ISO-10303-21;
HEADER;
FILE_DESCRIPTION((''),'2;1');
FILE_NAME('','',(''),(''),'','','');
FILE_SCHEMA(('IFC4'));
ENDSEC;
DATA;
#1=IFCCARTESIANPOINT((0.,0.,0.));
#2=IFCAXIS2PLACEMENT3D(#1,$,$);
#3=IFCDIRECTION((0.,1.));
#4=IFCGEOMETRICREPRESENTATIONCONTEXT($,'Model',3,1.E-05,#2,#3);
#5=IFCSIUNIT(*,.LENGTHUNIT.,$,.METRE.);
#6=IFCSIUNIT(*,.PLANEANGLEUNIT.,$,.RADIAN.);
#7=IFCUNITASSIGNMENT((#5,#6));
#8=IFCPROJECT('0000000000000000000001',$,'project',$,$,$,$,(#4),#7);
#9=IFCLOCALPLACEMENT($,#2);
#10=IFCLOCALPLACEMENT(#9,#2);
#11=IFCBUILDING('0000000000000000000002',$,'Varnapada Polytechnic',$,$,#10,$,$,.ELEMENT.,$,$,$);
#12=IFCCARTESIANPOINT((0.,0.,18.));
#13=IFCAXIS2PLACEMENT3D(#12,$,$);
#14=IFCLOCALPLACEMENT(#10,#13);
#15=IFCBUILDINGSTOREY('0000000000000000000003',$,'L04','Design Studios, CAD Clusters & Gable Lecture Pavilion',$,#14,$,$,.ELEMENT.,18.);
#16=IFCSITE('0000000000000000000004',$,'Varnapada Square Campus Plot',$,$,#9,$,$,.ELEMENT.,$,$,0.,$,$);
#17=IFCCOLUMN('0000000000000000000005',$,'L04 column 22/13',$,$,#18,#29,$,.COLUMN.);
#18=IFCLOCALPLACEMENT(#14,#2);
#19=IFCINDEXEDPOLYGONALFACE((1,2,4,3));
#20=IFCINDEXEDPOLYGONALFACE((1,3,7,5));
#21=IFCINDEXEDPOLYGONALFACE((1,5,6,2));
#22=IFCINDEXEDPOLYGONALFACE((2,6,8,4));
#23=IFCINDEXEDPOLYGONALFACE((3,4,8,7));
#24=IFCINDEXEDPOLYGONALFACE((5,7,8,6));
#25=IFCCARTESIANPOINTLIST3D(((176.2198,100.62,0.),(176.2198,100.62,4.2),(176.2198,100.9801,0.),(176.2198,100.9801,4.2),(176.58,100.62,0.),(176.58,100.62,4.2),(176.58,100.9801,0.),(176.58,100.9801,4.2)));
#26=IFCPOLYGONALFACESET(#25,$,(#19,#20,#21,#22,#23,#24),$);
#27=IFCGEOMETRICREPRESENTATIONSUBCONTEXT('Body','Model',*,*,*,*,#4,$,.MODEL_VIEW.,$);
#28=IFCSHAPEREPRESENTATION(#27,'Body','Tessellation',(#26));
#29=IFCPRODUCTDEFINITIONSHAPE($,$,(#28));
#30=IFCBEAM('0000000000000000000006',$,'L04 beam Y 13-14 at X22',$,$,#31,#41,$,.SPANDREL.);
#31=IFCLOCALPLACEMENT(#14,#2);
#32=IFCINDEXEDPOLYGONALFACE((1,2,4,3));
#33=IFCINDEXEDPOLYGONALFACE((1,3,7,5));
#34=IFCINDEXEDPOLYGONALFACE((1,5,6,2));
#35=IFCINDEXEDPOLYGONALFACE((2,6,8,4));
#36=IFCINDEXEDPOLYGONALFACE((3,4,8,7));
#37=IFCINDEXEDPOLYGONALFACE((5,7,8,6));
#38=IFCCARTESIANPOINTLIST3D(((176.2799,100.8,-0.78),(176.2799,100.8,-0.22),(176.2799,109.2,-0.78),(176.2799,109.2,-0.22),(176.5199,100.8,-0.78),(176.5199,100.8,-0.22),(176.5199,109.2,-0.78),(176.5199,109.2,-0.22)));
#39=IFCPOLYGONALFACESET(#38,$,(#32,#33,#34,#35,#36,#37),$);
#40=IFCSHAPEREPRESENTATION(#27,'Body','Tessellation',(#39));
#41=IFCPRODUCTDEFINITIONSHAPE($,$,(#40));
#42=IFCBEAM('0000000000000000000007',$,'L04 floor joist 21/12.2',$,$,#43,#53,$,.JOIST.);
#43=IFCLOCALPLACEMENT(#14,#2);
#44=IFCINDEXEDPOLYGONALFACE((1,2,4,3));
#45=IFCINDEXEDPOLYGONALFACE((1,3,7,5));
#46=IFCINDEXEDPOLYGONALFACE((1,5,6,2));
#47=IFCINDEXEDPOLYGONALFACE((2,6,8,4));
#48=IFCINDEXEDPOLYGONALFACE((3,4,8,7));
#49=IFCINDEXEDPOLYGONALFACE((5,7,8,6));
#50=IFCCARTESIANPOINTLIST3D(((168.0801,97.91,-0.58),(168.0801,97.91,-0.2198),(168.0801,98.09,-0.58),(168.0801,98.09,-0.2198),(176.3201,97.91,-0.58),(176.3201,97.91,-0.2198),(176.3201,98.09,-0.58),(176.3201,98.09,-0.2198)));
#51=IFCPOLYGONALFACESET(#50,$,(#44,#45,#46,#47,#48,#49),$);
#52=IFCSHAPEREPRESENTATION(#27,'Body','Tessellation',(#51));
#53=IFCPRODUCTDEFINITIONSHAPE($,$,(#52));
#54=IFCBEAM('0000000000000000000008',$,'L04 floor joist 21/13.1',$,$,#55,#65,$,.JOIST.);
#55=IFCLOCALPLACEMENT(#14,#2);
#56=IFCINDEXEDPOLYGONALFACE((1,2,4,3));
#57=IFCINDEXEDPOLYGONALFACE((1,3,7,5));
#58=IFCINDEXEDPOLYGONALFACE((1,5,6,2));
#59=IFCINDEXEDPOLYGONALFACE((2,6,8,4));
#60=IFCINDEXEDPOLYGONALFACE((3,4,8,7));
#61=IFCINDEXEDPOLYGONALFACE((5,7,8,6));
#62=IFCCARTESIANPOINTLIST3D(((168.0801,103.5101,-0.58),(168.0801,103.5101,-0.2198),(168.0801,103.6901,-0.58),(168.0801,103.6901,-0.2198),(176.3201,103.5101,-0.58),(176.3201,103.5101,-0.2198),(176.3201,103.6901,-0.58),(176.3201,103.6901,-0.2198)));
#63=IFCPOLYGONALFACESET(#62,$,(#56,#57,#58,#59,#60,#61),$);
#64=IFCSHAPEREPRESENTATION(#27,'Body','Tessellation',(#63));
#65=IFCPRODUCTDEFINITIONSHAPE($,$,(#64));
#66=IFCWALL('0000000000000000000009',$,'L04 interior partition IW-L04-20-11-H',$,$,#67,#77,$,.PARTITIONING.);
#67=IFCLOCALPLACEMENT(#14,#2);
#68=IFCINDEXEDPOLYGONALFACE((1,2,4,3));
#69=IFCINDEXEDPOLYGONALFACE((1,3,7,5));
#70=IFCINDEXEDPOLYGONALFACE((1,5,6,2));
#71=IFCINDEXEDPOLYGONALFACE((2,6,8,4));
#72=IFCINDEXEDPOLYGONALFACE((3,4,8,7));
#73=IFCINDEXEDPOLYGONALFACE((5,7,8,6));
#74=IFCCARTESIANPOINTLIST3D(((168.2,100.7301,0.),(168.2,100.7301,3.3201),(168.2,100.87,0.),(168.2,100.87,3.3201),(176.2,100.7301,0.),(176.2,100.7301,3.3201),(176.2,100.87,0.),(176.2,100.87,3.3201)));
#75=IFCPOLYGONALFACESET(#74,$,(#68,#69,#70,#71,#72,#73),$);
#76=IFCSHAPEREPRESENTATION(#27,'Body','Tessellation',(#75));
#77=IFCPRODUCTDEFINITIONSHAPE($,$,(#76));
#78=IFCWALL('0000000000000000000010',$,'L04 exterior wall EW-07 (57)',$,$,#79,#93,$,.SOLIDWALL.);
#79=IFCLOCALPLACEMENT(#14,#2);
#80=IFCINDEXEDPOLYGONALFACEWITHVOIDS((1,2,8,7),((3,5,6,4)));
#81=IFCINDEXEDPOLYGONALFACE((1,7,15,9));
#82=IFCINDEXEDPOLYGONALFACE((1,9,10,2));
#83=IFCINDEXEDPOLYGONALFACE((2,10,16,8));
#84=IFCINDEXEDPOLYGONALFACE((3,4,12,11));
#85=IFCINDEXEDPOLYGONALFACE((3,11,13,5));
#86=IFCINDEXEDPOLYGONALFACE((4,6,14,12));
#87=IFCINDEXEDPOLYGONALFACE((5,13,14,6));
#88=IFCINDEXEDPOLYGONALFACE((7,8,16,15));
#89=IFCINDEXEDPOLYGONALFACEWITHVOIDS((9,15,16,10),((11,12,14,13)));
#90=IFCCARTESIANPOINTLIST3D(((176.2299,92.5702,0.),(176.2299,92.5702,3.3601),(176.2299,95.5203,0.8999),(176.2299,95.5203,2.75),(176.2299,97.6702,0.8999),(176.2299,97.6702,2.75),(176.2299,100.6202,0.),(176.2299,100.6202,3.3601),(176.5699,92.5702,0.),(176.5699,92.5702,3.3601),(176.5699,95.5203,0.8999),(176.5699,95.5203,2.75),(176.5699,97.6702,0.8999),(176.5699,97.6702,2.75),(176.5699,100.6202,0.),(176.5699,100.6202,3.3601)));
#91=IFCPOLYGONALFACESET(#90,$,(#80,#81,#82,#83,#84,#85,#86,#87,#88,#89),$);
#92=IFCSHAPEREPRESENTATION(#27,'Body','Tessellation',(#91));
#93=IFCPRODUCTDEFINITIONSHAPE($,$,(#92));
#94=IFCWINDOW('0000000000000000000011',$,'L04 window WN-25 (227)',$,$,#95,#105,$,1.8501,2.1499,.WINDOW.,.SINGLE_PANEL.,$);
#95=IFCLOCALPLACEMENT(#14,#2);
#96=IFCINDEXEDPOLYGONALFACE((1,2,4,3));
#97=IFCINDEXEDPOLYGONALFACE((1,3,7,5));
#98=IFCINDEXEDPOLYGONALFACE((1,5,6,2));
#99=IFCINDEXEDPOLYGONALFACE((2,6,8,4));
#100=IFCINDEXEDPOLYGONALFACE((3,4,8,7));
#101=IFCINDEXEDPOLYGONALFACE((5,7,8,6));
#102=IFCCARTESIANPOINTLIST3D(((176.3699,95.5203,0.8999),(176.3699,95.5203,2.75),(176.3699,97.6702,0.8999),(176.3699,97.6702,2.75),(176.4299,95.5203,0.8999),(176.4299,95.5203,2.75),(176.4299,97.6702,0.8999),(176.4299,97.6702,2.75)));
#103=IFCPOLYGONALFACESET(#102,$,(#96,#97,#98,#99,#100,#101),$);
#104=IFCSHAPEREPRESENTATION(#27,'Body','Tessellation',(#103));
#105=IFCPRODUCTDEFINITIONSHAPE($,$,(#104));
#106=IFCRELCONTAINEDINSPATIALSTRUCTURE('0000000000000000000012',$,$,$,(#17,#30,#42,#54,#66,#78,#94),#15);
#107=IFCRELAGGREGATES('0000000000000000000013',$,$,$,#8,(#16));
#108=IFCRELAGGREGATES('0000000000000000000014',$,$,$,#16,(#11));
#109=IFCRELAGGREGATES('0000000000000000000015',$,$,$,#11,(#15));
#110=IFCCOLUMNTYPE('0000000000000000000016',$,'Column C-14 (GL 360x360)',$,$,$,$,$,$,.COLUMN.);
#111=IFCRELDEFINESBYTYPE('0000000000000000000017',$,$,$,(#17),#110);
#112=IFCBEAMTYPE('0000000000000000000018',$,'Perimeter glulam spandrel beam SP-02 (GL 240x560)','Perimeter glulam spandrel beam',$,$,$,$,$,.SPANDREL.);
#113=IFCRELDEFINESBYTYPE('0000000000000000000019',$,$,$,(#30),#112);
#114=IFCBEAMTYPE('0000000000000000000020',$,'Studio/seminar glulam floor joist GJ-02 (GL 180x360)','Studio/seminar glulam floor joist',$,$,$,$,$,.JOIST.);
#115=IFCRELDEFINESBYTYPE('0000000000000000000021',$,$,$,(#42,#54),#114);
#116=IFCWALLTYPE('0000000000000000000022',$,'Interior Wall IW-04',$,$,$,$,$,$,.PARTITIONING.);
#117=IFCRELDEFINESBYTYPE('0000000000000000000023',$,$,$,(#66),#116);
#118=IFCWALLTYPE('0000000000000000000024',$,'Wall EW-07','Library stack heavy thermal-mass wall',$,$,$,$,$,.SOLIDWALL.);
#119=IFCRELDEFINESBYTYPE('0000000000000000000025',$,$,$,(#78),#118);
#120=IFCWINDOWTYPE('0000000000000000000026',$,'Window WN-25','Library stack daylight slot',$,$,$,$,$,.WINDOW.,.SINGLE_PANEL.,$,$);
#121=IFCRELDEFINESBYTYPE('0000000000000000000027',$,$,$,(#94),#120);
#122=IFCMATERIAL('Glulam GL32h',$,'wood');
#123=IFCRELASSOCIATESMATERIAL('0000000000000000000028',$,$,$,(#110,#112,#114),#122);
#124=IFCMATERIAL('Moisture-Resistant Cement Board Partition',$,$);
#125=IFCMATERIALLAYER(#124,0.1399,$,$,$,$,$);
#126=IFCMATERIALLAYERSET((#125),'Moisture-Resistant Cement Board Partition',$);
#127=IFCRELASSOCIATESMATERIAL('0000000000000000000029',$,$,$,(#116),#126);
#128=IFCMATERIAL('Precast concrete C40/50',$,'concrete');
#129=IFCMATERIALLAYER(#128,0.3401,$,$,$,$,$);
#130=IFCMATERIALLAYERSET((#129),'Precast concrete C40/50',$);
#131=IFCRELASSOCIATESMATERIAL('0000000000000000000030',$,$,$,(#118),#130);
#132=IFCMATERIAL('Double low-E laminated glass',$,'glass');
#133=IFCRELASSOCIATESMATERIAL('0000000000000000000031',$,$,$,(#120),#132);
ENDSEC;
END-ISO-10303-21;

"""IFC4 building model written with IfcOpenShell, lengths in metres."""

from ifc_helpers import new_model, si_unit, direction, frame, frame_2d, origin, origin_2d, place, context, subcontext, project, spatial, rectangle, extrude, material, layer, layer_set, material_profile, profile_set, type_object, element, fill, save


model = new_model("IFC4")

# Units and contexts
model_context = context("Model", 3, precision=1e-05, world=origin(), true_north=direction((0.0, 1.0)))
body_context = subcontext(model_context, "Body", "Model", "MODEL_VIEW")
ifc_project = project(units=[si_unit("LENGTHUNIT", "METRE"), si_unit("PLANEANGLEUNIT", "RADIAN")], contexts=[model_context])

# Site, building, storey
site_placement = place(None, origin())
site = spatial("IfcSite", under=ifc_project, at=site_placement, Name="Varnapada Square Campus Plot", CompositionType="ELEMENT", RefElevation=0.0)
building_placement = place(site_placement, origin())
building = spatial("IfcBuilding", under=site, at=building_placement, Name="Varnapada Polytechnic", CompositionType="ELEMENT")
storey_placement = place(building_placement, frame((0.0, 0.0, 18.0)))
storey = spatial("IfcBuildingStorey", under=building, at=storey_placement, Name="L04", Description="Design Studios, CAD Clusters & Gable Lecture Pavilion", CompositionType="ELEMENT", Elevation=18.0)

# Column
ifc_material_1 = material(Name="Glulam GL32h", Category="wood")
ifc_material_profile_1 = material_profile(ifc_material_1, rectangle(XDim=0.3601, YDim=0.3601, at=origin_2d()), Name="GL 360x360")
ifc_profile_set_1 = profile_set([ifc_material_profile_1], Name="Glulam GL32h")
column_type = type_object("IfcColumnType", Name="Column C-14 (GL 360x360)", PredefinedType="COLUMN", material=ifc_profile_set_1)
column_placement = place(storey_placement, frame((176.3999, 100.8, 0.0), z_axis=(0.0, 0.0, 1.0), x_axis=(1.0, 0.0, 0.0)))
element("IfcColumn", 1, at=column_placement, inside=storey, type_object=column_type, Name="L04 column 22/13", PredefinedType="COLUMN", context=body_context, shape_type="SweptSolid", body=[
    extrude(rectangle(XDim=0.3601, YDim=0.3601, at=origin_2d()), origin(), (0.0, 0.0, 1.0), 4.2),
])

# Beams
ifc_material_profile_2 = material_profile(ifc_material_1, rectangle(XDim=0.24, YDim=0.5601, at=origin_2d()), Name="GL 240x560")
ifc_profile_set_2 = profile_set([ifc_material_profile_2], Name="Glulam GL32h")
beam_type_1 = type_object("IfcBeamType", Name="Perimeter glulam spandrel beam SP-02 (GL 240x560)", Description="Perimeter glulam spandrel beam", PredefinedType="SPANDREL", material=ifc_profile_set_2)
beam_placement = place(storey_placement, frame((176.3999, 100.8, -0.5), z_axis=(0.0, 1.0, 0.0), x_axis=(-1.0, 0.0, 0.0)))
element("IfcBeam", 2, at=beam_placement, inside=storey, type_object=beam_type_1, Name="L04 beam Y 13-14 at X22", PredefinedType="SPANDREL", context=body_context, shape_type="SweptSolid", body=[
    extrude(rectangle(XDim=0.24, YDim=0.5601, at=origin_2d()), origin(), (0.0, 0.0, 1.0), 8.3999),
])
ifc_material_profile_3 = material_profile(ifc_material_1, rectangle(XDim=0.1799, YDim=0.3601, at=origin_2d()), Name="GL 180x360")
ifc_profile_set_3 = profile_set([ifc_material_profile_3], Name="Glulam GL32h")
beam_type_2 = type_object("IfcBeamType", Name="Studio/seminar glulam floor joist GJ-02 (GL 180x360)", Description="Studio/seminar glulam floor joist", PredefinedType="JOIST", material=ifc_profile_set_3)
for number, where, z_axis, x_axis, name in (
    (3, (168.0801, 98.0, -0.3999), (1.0, 0.0, 0.0), (0.0, 1.0, 0.0), "L04 floor joist 21/12.2"),
    (4, (168.0801, 103.6001, -0.3999), (1.0, 0.0, 0.0), (0.0, 1.0, 0.0), "L04 floor joist 21/13.1"),
):
    element("IfcBeam", number, at=place(storey_placement, frame(where, z_axis=z_axis, x_axis=x_axis)), inside=storey, type_object=beam_type_2, Name=name, PredefinedType="JOIST", context=body_context, shape_type="SweptSolid", body=[
        extrude(rectangle(XDim=0.1799, YDim=0.3601, at=origin_2d()), origin(), (0.0, 0.0, 1.0), 8.24),
    ])

# Wall
ifc_material_2 = material(Name="Moisture-Resistant Cement Board Partition")
ifc_layer_1 = layer(ifc_material_2, 0.1399)
ifc_layer_set_1 = layer_set([ifc_layer_1], Name="Moisture-Resistant Cement Board Partition")
wall_type_1 = type_object("IfcWallType", Name="Interior Wall IW-04", PredefinedType="PARTITIONING", material=ifc_layer_set_1)
wall_1_placement = place(storey_placement, frame((168.2, 100.8, 0.0), z_axis=(0.0, 0.0, 1.0), x_axis=(1.0, 0.0, 0.0)))
element("IfcWall", 5, at=wall_1_placement, inside=storey, type_object=wall_type_1, Name="L04 interior partition IW-L04-20-11-H", PredefinedType="PARTITIONING", context=body_context, shape_type="SweptSolid", body=[
    extrude(rectangle(XDim=8.0, YDim=0.1399, at=frame_2d((4.0, 0.0))), origin(), (0.0, 0.0, 1.0), 3.3201),
])

# Wall, opening, window
ifc_material_3 = material(Name="Precast concrete C40/50", Category="concrete")
ifc_layer_2 = layer(ifc_material_3, 0.3401)
ifc_layer_set_2 = layer_set([ifc_layer_2], Name="Precast concrete C40/50")
wall_type_2 = type_object("IfcWallType", Name="Wall EW-07", Description="Library stack heavy thermal-mass wall", PredefinedType="SOLIDWALL", material=ifc_layer_set_2)
wall_2_placement = place(storey_placement, frame((176.3999, 100.6201, 0.0), z_axis=(0.0, 0.0, 1.0), x_axis=(0.0, -1.0, 0.0)))
wall_2 = element("IfcWall", 6, at=wall_2_placement, inside=storey, type_object=wall_type_2, Name="L04 exterior wall EW-07 (57)", PredefinedType="SOLIDWALL", context=body_context, shape_type="SweptSolid", body=[
    extrude(rectangle(XDim=8.05, YDim=0.3401, at=frame_2d((4.0249, 0.0))), origin(), (0.0, 0.0, 1.0), 3.3601),
])
opening_1_placement = place(wall_2_placement, frame((2.95, 0.0, 0.8999)))
opening_1 = element("IfcOpeningElement", 7, at=opening_1_placement, cuts=wall_2, PredefinedType="OPENING", context=body_context, shape_type="SweptSolid", body=[
    extrude(rectangle(XDim=2.1499, YDim=1.8501, at=frame_2d((1.075, 0.925))), frame((0.0, 0.1799, 0.0), z_axis=(0.0, -1.0, 0.0), x_axis=(1.0, 0.0, 0.0)), (0.0, 0.0, 1.0), 0.3601),
])
ifc_material_4 = material(Name="Double low-E laminated glass", Category="glass")
window_type = type_object("IfcWindowType", Name="Window WN-25", Description="Library stack daylight slot", PartitioningType="SINGLE_PANEL", PredefinedType="WINDOW", material=ifc_material_4)
window_placement = place(opening_1_placement, origin())
window = element("IfcWindow", 8, at=window_placement, inside=storey, type_object=window_type, Name="L04 window WN-25 (227)", OverallHeight=1.8501, OverallWidth=2.1499, PartitioningType="SINGLE_PANEL", PredefinedType="WINDOW", context=body_context, shape_type="SweptSolid", body=[
    extrude(rectangle(XDim=2.1499, YDim=1.8501, at=frame_2d((1.075, 0.925))), frame((0.0, 0.03, 0.0), z_axis=(0.0, -1.0, 0.0), x_axis=(1.0, 0.0, 0.0)), (0.0, 0.0, 1.0), 0.0601),
])
fill(opening_1, window)

save(model, "model.ifc")
